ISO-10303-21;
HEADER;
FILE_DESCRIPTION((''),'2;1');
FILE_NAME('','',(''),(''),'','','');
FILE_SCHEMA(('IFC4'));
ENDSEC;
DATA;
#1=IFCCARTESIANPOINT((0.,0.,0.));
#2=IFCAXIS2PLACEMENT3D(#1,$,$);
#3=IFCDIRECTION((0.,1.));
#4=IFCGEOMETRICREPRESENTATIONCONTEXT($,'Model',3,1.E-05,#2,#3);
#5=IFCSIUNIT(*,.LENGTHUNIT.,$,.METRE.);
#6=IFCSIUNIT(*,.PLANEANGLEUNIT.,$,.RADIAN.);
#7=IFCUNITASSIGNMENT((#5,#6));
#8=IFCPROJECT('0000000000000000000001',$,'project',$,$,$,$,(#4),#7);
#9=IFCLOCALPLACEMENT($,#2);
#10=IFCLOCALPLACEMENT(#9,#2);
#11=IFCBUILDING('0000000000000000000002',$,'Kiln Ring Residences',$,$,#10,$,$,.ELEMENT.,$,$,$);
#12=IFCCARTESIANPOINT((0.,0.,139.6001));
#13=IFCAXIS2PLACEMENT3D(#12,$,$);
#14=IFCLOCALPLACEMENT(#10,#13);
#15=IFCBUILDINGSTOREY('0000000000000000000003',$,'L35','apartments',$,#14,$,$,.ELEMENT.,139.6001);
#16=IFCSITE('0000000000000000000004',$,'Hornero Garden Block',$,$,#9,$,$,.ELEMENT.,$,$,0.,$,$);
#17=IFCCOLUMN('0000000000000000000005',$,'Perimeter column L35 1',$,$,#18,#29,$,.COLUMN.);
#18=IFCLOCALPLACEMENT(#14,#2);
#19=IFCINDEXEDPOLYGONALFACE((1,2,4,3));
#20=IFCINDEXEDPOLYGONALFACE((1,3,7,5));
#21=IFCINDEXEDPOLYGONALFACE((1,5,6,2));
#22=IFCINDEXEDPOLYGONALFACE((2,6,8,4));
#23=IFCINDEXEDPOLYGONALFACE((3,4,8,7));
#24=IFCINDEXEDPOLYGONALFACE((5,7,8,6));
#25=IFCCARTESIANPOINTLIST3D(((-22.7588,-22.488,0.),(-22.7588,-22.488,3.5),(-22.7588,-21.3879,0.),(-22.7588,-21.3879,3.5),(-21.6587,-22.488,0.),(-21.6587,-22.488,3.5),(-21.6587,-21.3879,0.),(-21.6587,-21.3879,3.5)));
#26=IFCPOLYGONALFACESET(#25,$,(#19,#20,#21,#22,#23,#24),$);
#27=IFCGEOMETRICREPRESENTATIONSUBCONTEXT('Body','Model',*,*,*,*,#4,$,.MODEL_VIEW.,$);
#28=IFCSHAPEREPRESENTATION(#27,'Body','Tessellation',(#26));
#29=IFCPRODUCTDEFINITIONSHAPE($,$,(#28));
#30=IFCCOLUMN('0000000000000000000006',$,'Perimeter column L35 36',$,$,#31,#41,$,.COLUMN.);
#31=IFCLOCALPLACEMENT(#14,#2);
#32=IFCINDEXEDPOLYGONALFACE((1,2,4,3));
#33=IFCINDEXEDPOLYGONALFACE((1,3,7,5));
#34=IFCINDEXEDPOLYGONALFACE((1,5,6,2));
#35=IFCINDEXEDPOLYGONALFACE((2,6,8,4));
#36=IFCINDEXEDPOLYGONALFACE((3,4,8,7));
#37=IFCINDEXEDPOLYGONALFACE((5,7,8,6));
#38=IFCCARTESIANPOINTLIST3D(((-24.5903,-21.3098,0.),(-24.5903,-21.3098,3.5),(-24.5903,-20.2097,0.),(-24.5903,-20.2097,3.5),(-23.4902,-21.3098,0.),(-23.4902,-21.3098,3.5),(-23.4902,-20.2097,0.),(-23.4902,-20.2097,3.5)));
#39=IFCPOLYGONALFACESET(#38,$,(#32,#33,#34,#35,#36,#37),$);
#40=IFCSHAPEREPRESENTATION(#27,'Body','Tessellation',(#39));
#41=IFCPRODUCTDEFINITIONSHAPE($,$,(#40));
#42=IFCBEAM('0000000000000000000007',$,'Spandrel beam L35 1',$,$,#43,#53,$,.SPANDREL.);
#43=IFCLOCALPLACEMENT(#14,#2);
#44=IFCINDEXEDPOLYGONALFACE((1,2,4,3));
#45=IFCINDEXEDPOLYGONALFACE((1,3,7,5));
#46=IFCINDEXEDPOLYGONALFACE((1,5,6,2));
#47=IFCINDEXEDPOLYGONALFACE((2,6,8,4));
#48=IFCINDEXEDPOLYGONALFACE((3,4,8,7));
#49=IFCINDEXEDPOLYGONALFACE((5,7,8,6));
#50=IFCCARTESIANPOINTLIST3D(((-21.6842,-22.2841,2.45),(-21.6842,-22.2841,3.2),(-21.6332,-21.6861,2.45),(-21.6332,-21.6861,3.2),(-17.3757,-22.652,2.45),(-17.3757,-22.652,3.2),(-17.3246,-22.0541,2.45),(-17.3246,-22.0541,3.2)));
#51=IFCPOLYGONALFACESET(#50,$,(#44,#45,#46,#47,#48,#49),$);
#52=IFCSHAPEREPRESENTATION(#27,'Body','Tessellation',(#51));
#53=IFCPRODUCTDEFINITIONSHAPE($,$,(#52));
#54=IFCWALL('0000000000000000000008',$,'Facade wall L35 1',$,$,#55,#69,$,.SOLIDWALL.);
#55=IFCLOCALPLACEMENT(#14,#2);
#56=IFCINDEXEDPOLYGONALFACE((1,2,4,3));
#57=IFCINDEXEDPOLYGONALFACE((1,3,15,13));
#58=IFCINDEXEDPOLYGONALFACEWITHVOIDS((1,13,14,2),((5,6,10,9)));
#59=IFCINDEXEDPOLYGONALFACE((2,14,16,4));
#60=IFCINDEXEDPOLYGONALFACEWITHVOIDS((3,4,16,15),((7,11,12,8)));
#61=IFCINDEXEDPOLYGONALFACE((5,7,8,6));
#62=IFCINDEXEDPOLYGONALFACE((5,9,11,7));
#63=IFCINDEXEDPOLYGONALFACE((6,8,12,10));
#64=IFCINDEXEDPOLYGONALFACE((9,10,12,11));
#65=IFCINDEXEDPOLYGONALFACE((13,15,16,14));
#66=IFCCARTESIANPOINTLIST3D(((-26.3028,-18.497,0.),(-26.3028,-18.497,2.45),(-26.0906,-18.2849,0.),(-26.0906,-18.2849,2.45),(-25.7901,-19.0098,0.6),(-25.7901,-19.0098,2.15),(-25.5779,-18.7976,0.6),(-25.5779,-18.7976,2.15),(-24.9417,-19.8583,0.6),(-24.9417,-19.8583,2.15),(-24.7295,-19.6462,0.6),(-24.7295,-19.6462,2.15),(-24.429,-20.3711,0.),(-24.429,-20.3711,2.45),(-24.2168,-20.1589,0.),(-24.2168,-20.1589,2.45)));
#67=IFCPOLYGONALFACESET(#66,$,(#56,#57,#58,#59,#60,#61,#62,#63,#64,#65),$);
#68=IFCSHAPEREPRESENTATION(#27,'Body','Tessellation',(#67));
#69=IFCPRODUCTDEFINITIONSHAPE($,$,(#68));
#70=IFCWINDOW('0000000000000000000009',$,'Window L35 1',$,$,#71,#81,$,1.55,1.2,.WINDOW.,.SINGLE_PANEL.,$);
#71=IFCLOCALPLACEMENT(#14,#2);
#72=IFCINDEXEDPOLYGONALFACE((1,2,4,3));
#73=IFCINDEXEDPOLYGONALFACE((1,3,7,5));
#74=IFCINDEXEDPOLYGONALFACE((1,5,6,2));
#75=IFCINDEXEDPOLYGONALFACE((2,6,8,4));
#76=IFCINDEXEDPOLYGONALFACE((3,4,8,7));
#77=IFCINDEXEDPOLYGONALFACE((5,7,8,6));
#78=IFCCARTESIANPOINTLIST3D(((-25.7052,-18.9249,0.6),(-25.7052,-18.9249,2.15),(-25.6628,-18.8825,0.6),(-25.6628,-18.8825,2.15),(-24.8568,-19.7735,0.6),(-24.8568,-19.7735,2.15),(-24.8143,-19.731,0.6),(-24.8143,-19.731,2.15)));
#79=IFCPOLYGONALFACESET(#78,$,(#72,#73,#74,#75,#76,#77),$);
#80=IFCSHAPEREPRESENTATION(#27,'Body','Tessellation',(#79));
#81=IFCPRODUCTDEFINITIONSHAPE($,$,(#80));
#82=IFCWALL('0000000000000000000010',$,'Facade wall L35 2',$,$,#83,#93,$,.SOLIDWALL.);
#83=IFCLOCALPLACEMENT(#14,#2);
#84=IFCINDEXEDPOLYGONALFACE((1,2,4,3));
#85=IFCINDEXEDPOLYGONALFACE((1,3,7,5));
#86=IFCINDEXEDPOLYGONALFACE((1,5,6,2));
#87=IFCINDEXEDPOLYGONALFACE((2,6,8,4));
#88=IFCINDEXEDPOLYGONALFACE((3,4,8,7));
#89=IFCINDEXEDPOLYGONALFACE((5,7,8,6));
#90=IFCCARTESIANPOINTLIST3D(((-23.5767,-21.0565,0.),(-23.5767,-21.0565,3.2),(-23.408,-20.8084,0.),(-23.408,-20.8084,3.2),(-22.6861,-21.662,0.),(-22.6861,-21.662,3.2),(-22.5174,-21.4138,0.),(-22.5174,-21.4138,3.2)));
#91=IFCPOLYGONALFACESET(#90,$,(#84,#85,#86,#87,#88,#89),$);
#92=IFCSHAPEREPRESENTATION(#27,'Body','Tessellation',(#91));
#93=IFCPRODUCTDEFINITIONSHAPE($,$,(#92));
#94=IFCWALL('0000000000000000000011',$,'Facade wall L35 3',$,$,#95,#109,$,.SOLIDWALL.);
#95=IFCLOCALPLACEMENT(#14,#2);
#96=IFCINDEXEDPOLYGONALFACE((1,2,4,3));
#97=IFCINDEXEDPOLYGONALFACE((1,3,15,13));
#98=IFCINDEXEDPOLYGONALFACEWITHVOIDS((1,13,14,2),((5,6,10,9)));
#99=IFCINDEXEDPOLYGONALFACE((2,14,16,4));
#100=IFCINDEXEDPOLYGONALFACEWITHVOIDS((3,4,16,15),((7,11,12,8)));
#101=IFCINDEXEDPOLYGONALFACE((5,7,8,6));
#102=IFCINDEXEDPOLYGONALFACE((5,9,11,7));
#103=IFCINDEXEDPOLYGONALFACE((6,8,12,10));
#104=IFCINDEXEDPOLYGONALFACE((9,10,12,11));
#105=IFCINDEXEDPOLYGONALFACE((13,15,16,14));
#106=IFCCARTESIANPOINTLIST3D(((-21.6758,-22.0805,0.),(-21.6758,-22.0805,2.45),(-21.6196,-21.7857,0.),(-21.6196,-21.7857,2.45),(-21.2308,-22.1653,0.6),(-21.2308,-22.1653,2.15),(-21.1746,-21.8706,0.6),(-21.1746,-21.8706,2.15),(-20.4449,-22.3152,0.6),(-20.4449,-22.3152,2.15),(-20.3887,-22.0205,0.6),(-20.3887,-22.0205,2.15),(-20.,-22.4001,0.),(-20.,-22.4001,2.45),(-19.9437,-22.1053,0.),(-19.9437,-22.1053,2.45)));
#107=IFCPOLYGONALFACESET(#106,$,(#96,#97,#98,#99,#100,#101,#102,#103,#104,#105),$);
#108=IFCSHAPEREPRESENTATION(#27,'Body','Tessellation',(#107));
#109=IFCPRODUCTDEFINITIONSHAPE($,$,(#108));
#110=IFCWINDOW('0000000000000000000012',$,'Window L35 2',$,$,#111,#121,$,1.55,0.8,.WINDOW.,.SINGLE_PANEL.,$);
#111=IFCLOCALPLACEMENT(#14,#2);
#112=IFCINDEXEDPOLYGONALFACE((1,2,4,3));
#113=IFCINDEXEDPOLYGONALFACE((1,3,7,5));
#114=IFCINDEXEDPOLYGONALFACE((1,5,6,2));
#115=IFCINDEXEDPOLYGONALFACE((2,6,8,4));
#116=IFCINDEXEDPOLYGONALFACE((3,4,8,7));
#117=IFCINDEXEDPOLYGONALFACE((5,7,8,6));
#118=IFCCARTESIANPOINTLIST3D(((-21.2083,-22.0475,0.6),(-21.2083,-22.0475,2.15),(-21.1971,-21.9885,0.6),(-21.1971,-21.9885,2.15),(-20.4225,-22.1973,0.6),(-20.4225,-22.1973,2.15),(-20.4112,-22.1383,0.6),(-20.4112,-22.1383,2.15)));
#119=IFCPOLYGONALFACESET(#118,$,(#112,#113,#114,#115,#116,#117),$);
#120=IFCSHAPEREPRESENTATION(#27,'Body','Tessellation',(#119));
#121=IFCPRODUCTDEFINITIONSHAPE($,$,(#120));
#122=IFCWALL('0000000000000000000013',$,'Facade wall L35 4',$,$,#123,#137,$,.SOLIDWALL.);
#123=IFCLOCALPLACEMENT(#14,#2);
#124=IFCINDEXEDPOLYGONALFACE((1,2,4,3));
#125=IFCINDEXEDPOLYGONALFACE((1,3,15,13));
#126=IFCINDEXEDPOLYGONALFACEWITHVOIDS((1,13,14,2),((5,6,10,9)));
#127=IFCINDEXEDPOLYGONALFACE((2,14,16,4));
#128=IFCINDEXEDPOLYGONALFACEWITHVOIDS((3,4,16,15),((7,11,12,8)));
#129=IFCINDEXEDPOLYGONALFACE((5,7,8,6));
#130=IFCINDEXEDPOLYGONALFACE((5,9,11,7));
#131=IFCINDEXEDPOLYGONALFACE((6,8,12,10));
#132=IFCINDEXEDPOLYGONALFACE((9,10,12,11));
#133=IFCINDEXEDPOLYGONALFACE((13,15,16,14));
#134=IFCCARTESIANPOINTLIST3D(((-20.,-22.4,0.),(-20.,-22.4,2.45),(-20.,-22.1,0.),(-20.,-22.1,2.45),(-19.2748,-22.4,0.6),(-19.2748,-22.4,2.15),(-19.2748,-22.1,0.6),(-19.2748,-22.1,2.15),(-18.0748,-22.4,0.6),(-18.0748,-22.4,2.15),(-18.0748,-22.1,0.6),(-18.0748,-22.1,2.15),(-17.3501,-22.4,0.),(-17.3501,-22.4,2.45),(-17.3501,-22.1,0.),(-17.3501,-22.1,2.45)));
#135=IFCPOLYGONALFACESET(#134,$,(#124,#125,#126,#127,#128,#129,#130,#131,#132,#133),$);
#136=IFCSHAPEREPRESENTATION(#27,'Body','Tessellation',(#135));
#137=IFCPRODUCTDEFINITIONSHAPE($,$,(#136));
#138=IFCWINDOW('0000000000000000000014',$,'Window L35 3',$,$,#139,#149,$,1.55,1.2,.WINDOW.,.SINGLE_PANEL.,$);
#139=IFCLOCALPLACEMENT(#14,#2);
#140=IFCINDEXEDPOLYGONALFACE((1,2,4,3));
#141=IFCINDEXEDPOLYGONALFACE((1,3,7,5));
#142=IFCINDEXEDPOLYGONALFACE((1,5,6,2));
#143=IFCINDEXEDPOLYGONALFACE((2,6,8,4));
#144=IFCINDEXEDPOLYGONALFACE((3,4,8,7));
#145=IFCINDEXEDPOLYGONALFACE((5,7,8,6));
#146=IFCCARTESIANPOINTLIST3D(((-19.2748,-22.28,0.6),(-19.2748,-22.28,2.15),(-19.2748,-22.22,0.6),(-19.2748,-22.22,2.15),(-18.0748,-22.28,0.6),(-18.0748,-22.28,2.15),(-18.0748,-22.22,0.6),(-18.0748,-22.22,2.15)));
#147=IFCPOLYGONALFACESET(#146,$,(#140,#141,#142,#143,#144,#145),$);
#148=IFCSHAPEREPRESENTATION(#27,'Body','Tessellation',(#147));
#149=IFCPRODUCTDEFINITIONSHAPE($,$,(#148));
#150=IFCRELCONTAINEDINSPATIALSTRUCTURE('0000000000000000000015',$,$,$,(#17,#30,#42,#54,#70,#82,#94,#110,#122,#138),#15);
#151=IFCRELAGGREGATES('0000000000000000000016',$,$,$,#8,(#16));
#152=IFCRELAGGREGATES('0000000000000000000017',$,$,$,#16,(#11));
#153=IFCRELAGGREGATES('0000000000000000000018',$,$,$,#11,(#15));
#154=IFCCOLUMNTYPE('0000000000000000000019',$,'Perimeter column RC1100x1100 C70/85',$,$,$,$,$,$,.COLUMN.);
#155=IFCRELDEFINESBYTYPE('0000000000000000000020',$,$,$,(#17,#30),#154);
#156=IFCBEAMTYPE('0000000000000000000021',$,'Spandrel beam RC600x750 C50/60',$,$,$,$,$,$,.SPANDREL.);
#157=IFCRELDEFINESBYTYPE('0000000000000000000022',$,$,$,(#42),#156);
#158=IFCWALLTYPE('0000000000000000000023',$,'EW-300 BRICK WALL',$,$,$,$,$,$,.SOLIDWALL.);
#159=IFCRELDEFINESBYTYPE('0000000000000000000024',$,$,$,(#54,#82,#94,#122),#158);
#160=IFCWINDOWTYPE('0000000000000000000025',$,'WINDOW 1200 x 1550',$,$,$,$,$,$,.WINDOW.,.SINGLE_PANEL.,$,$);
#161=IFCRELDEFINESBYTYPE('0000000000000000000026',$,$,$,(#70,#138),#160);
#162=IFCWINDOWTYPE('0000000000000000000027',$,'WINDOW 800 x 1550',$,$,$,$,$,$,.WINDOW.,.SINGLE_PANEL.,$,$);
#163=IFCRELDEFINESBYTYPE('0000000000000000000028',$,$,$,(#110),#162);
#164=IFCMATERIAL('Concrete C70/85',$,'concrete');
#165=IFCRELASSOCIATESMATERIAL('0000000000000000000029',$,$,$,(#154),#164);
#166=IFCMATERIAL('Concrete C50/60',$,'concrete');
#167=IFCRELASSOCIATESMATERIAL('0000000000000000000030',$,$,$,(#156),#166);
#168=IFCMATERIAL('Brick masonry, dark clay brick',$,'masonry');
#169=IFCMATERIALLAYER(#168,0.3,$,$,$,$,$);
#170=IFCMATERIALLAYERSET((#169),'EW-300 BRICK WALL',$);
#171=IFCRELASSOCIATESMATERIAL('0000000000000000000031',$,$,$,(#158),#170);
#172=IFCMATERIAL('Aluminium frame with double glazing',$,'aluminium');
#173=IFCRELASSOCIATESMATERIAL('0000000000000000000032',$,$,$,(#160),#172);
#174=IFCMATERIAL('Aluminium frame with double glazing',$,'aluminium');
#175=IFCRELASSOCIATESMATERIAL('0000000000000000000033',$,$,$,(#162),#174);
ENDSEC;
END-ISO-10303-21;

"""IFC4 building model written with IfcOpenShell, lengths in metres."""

from ifc_helpers import new_model, si_unit, direction, frame, frame_2d, origin, origin_2d, place, context, subcontext, project, spatial, rectangle, extrude, material, layer, layer_set, material_profile, profile_set, type_object, element, fill, save


model = new_model("IFC4")

# Units and contexts
model_context = context("Model", 3, precision=1e-05, world=origin(), true_north=direction((0.0, 1.0)))
body_context = subcontext(model_context, "Body", "Model", "MODEL_VIEW")
ifc_project = project(units=[si_unit("LENGTHUNIT", "METRE"), si_unit("PLANEANGLEUNIT", "RADIAN")], contexts=[model_context])

# Site, building, storey
site_placement = place(None, origin())
site = spatial("IfcSite", under=ifc_project, at=site_placement, Name="Hornero Garden Block", CompositionType="ELEMENT", RefElevation=0.0)
building_placement = place(site_placement, origin())
building = spatial("IfcBuilding", under=site, at=building_placement, Name="Kiln Ring Residences", CompositionType="ELEMENT")
storey_placement = place(building_placement, frame((0.0, 0.0, 139.6001)))
storey = spatial("IfcBuildingStorey", under=building, at=storey_placement, Name="L35", Description="apartments", CompositionType="ELEMENT", Elevation=139.6001)

# Columns
ifc_material_1 = material(Name="Concrete C70/85", Category="concrete")
ifc_material_profile_1 = material_profile(ifc_material_1, rectangle(XDim=1.1001, YDim=1.1001, at=origin_2d()), Name="RC1100x1100")
ifc_profile_set_1 = profile_set([ifc_material_profile_1], Name="Concrete C70/85")
column_type = type_object("IfcColumnType", Name="Perimeter column RC1100x1100 C70/85", PredefinedType="COLUMN", material=ifc_profile_set_1)
for number, where, z_axis, x_axis, name in (
    (1, (-22.2087, -21.938, 0.0), (0.0, 0.0, 1.0), (1.0, 0.0, 0.0), "Perimeter column L35 1"),
    (2, (-24.0403, -20.7598, 0.0), (0.0, 0.0, 1.0), (1.0, 0.0, 0.0), "Perimeter column L35 36"),
):
    element("IfcColumn", number, at=place(storey_placement, frame(where, z_axis=z_axis, x_axis=x_axis)), inside=storey, type_object=column_type, Name=name, PredefinedType="COLUMN", context=body_context, shape_type="SweptSolid", body=[
        extrude(rectangle(XDim=1.1001, YDim=1.1001, at=origin_2d()), origin(), (0.0, 0.0, 1.0), 3.5),
    ])

# Beam
ifc_material_2 = material(Name="Concrete C50/60", Category="concrete")
ifc_material_profile_2 = material_profile(ifc_material_2, rectangle(XDim=0.6001, YDim=0.75, at=origin_2d()), Name="RC600x750")
ifc_profile_set_2 = profile_set([ifc_material_profile_2], Name="Concrete C50/60")
beam_type = type_object("IfcBeamType", Name="Spandrel beam RC600x750 C50/60", PredefinedType="SPANDREL", material=ifc_profile_set_2)
beam_placement = place(storey_placement, frame((-21.6587, -21.9851, 2.825), z_axis=(0.996374, -0.085082, 0.0), x_axis=(0.085082, 0.996374, 0.0)))
element("IfcBeam", 3, at=beam_placement, inside=storey, type_object=beam_type, Name="Spandrel beam L35 1", PredefinedType="SPANDREL", context=body_context, shape_type="SweptSolid", body=[
    extrude(rectangle(XDim=0.6001, YDim=0.75, at=origin_2d()), origin(), (0.0, 0.0, 1.0), 4.3242),
])

# Wall, opening, window
ifc_material_3 = material(Name="Brick masonry, dark clay brick", Category="masonry")
ifc_layer_1 = layer(ifc_material_3, 0.3)
ifc_layer_set_1 = layer_set([ifc_layer_1], Name="EW-300 BRICK WALL")
wall_type_1 = type_object("IfcWallType", Name="EW-300 BRICK WALL", PredefinedType="SOLIDWALL", material=ifc_layer_set_1)
wall_1_placement = place(storey_placement, frame((-26.1968, -18.3909, 0.0), z_axis=(0.0, 0.0, 1.0), x_axis=(0.707061, -0.707153, 0.0)))
wall_1 = element("IfcWall", 4, at=wall_1_placement, inside=storey, type_object=wall_type_1, Name="Facade wall L35 1", PredefinedType="SOLIDWALL", context=body_context, shape_type="SweptSolid", body=[
    extrude(rectangle(XDim=2.6501, YDim=0.3, at=frame_2d((1.3252, 0.0))), origin(), (0.0, 0.0, 1.0), 2.45),
])
opening_1_placement = place(wall_1_placement, frame((0.7251, 0.0, 0.6001)))
opening_1 = element("IfcOpeningElement", 5, at=opening_1_placement, cuts=wall_1, PredefinedType="OPENING", context=body_context, shape_type="SweptSolid", body=[
    extrude(rectangle(XDim=1.2, YDim=1.55, at=frame_2d((0.6001, 0.7749))), frame((0.0, 0.1599, 0.0), z_axis=(0.0, -1.0, 0.0), x_axis=(1.0, 0.0, 0.0)), (0.0, 0.0, 1.0), 0.3201),
])
ifc_material_4 = material(Name="Aluminium frame with double glazing", Category="aluminium")
window_type_1 = type_object("IfcWindowType", Name="WINDOW 1200 x 1550", PartitioningType="SINGLE_PANEL", PredefinedType="WINDOW", material=ifc_material_4)
window_1_placement = place(opening_1_placement, origin())
window_1 = element("IfcWindow", 6, at=window_1_placement, inside=storey, type_object=window_type_1, Name="Window L35 1", OverallHeight=1.55, OverallWidth=1.2, PartitioningType="SINGLE_PANEL", PredefinedType="WINDOW", context=body_context, shape_type="SweptSolid", body=[
    extrude(rectangle(XDim=1.2, YDim=1.55, at=frame_2d((0.6001, 0.7749))), frame((0.0, 0.03, 0.0), z_axis=(0.0, -1.0, 0.0), x_axis=(1.0, 0.0, 0.0)), (0.0, 0.0, 1.0), 0.0601),
])
fill(opening_1, window_1)

# Wall
wall_2_placement = place(storey_placement, frame((-23.4924, -20.9324, 0.0), z_axis=(0.0, 0.0, 1.0), x_axis=(0.826994, -0.562211, 0.0)))
element("IfcWall", 7, at=wall_2_placement, inside=storey, type_object=wall_type_1, Name="Facade wall L35 2", PredefinedType="SOLIDWALL", context=body_context, shape_type="SweptSolid", body=[
    extrude(rectangle(XDim=1.0769, YDim=0.3, at=frame_2d((0.5386, 0.0))), origin(), (0.0, 0.0, 1.0), 3.2),
])

# Walls, openings, windows
wall_3_placement = place(storey_placement, frame((-21.6477, -21.9331, 0.0), z_axis=(0.0, 0.0, 1.0), x_axis=(0.982297, -0.187329, 0.0)))
wall_3 = element("IfcWall", 8, at=wall_3_placement, inside=storey, type_object=wall_type_1, Name="Facade wall L35 3", PredefinedType="SOLIDWALL", context=body_context, shape_type="SweptSolid", body=[
    extrude(rectangle(XDim=1.7061, YDim=0.3, at=frame_2d((0.853, 0.0))), origin(), (0.0, 0.0, 1.0), 2.45),
])
opening_2_placement = place(wall_3_placement, frame((0.4531, 0.0, 0.6001)))
opening_2 = element("IfcOpeningElement", 9, at=opening_2_placement, cuts=wall_3, PredefinedType="OPENING", context=body_context, shape_type="SweptSolid", body=[
    extrude(rectangle(XDim=0.8, YDim=1.55, at=frame_2d((0.3999, 0.7749))), frame((0.0, 0.1599, 0.0), z_axis=(0.0, -1.0, 0.0), x_axis=(1.0, 0.0, 0.0)), (0.0, 0.0, 1.0), 0.3201),
])
ifc_material_5 = material(Name="Aluminium frame with double glazing", Category="aluminium")
window_type_2 = type_object("IfcWindowType", Name="WINDOW 800 x 1550", PartitioningType="SINGLE_PANEL", PredefinedType="WINDOW", material=ifc_material_5)
window_2_placement = place(opening_2_placement, origin())
window_2 = element("IfcWindow", 10, at=window_2_placement, inside=storey, type_object=window_type_2, Name="Window L35 2", OverallHeight=1.55, OverallWidth=0.8, PartitioningType="SINGLE_PANEL", PredefinedType="WINDOW", context=body_context, shape_type="SweptSolid", body=[
    extrude(rectangle(XDim=0.8, YDim=1.55, at=frame_2d((0.3999, 0.7749))), frame((0.0, 0.03, 0.0), z_axis=(0.0, -1.0, 0.0), x_axis=(1.0, 0.0, 0.0)), (0.0, 0.0, 1.0), 0.0601),
])
fill(opening_2, window_2)
wall_4_placement = place(storey_placement, frame((-20.0, -22.25, 0.0), z_axis=(0.0, 0.0, 1.0), x_axis=(1.0, 0.0, 0.0)))
wall_4 = element("IfcWall", 11, at=wall_4_placement, inside=storey, type_object=wall_type_1, Name="Facade wall L35 4", PredefinedType="SOLIDWALL", context=body_context, shape_type="SweptSolid", body=[
    extrude(rectangle(XDim=2.6499, YDim=0.3, at=frame_2d((1.325, 0.0))), origin(), (0.0, 0.0, 1.0), 2.45),
])
opening_3_placement = place(wall_4_placement, frame((0.7251, 0.0, 0.6001)))
opening_3 = element("IfcOpeningElement", 12, at=opening_3_placement, cuts=wall_4, PredefinedType="OPENING", context=body_context, shape_type="SweptSolid", body=[
    extrude(rectangle(XDim=1.2, YDim=1.55, at=frame_2d((0.6001, 0.7749))), frame((0.0, 0.1599, 0.0), z_axis=(0.0, -1.0, 0.0), x_axis=(1.0, 0.0, 0.0)), (0.0, 0.0, 1.0), 0.3201),
])
window_3_placement = place(opening_3_placement, origin())
window_3 = element("IfcWindow", 13, at=window_3_placement, inside=storey, type_object=window_type_1, Name="Window L35 3", OverallHeight=1.55, OverallWidth=1.2, PartitioningType="SINGLE_PANEL", PredefinedType="WINDOW", context=body_context, shape_type="SweptSolid", body=[
    extrude(rectangle(XDim=1.2, YDim=1.55, at=frame_2d((0.6001, 0.7749))), frame((0.0, 0.03, 0.0), z_axis=(0.0, -1.0, 0.0), x_axis=(1.0, 0.0, 0.0)), (0.0, 0.0, 1.0), 0.0601),
])
fill(opening_3, window_3)

save(model, "model.ifc")
